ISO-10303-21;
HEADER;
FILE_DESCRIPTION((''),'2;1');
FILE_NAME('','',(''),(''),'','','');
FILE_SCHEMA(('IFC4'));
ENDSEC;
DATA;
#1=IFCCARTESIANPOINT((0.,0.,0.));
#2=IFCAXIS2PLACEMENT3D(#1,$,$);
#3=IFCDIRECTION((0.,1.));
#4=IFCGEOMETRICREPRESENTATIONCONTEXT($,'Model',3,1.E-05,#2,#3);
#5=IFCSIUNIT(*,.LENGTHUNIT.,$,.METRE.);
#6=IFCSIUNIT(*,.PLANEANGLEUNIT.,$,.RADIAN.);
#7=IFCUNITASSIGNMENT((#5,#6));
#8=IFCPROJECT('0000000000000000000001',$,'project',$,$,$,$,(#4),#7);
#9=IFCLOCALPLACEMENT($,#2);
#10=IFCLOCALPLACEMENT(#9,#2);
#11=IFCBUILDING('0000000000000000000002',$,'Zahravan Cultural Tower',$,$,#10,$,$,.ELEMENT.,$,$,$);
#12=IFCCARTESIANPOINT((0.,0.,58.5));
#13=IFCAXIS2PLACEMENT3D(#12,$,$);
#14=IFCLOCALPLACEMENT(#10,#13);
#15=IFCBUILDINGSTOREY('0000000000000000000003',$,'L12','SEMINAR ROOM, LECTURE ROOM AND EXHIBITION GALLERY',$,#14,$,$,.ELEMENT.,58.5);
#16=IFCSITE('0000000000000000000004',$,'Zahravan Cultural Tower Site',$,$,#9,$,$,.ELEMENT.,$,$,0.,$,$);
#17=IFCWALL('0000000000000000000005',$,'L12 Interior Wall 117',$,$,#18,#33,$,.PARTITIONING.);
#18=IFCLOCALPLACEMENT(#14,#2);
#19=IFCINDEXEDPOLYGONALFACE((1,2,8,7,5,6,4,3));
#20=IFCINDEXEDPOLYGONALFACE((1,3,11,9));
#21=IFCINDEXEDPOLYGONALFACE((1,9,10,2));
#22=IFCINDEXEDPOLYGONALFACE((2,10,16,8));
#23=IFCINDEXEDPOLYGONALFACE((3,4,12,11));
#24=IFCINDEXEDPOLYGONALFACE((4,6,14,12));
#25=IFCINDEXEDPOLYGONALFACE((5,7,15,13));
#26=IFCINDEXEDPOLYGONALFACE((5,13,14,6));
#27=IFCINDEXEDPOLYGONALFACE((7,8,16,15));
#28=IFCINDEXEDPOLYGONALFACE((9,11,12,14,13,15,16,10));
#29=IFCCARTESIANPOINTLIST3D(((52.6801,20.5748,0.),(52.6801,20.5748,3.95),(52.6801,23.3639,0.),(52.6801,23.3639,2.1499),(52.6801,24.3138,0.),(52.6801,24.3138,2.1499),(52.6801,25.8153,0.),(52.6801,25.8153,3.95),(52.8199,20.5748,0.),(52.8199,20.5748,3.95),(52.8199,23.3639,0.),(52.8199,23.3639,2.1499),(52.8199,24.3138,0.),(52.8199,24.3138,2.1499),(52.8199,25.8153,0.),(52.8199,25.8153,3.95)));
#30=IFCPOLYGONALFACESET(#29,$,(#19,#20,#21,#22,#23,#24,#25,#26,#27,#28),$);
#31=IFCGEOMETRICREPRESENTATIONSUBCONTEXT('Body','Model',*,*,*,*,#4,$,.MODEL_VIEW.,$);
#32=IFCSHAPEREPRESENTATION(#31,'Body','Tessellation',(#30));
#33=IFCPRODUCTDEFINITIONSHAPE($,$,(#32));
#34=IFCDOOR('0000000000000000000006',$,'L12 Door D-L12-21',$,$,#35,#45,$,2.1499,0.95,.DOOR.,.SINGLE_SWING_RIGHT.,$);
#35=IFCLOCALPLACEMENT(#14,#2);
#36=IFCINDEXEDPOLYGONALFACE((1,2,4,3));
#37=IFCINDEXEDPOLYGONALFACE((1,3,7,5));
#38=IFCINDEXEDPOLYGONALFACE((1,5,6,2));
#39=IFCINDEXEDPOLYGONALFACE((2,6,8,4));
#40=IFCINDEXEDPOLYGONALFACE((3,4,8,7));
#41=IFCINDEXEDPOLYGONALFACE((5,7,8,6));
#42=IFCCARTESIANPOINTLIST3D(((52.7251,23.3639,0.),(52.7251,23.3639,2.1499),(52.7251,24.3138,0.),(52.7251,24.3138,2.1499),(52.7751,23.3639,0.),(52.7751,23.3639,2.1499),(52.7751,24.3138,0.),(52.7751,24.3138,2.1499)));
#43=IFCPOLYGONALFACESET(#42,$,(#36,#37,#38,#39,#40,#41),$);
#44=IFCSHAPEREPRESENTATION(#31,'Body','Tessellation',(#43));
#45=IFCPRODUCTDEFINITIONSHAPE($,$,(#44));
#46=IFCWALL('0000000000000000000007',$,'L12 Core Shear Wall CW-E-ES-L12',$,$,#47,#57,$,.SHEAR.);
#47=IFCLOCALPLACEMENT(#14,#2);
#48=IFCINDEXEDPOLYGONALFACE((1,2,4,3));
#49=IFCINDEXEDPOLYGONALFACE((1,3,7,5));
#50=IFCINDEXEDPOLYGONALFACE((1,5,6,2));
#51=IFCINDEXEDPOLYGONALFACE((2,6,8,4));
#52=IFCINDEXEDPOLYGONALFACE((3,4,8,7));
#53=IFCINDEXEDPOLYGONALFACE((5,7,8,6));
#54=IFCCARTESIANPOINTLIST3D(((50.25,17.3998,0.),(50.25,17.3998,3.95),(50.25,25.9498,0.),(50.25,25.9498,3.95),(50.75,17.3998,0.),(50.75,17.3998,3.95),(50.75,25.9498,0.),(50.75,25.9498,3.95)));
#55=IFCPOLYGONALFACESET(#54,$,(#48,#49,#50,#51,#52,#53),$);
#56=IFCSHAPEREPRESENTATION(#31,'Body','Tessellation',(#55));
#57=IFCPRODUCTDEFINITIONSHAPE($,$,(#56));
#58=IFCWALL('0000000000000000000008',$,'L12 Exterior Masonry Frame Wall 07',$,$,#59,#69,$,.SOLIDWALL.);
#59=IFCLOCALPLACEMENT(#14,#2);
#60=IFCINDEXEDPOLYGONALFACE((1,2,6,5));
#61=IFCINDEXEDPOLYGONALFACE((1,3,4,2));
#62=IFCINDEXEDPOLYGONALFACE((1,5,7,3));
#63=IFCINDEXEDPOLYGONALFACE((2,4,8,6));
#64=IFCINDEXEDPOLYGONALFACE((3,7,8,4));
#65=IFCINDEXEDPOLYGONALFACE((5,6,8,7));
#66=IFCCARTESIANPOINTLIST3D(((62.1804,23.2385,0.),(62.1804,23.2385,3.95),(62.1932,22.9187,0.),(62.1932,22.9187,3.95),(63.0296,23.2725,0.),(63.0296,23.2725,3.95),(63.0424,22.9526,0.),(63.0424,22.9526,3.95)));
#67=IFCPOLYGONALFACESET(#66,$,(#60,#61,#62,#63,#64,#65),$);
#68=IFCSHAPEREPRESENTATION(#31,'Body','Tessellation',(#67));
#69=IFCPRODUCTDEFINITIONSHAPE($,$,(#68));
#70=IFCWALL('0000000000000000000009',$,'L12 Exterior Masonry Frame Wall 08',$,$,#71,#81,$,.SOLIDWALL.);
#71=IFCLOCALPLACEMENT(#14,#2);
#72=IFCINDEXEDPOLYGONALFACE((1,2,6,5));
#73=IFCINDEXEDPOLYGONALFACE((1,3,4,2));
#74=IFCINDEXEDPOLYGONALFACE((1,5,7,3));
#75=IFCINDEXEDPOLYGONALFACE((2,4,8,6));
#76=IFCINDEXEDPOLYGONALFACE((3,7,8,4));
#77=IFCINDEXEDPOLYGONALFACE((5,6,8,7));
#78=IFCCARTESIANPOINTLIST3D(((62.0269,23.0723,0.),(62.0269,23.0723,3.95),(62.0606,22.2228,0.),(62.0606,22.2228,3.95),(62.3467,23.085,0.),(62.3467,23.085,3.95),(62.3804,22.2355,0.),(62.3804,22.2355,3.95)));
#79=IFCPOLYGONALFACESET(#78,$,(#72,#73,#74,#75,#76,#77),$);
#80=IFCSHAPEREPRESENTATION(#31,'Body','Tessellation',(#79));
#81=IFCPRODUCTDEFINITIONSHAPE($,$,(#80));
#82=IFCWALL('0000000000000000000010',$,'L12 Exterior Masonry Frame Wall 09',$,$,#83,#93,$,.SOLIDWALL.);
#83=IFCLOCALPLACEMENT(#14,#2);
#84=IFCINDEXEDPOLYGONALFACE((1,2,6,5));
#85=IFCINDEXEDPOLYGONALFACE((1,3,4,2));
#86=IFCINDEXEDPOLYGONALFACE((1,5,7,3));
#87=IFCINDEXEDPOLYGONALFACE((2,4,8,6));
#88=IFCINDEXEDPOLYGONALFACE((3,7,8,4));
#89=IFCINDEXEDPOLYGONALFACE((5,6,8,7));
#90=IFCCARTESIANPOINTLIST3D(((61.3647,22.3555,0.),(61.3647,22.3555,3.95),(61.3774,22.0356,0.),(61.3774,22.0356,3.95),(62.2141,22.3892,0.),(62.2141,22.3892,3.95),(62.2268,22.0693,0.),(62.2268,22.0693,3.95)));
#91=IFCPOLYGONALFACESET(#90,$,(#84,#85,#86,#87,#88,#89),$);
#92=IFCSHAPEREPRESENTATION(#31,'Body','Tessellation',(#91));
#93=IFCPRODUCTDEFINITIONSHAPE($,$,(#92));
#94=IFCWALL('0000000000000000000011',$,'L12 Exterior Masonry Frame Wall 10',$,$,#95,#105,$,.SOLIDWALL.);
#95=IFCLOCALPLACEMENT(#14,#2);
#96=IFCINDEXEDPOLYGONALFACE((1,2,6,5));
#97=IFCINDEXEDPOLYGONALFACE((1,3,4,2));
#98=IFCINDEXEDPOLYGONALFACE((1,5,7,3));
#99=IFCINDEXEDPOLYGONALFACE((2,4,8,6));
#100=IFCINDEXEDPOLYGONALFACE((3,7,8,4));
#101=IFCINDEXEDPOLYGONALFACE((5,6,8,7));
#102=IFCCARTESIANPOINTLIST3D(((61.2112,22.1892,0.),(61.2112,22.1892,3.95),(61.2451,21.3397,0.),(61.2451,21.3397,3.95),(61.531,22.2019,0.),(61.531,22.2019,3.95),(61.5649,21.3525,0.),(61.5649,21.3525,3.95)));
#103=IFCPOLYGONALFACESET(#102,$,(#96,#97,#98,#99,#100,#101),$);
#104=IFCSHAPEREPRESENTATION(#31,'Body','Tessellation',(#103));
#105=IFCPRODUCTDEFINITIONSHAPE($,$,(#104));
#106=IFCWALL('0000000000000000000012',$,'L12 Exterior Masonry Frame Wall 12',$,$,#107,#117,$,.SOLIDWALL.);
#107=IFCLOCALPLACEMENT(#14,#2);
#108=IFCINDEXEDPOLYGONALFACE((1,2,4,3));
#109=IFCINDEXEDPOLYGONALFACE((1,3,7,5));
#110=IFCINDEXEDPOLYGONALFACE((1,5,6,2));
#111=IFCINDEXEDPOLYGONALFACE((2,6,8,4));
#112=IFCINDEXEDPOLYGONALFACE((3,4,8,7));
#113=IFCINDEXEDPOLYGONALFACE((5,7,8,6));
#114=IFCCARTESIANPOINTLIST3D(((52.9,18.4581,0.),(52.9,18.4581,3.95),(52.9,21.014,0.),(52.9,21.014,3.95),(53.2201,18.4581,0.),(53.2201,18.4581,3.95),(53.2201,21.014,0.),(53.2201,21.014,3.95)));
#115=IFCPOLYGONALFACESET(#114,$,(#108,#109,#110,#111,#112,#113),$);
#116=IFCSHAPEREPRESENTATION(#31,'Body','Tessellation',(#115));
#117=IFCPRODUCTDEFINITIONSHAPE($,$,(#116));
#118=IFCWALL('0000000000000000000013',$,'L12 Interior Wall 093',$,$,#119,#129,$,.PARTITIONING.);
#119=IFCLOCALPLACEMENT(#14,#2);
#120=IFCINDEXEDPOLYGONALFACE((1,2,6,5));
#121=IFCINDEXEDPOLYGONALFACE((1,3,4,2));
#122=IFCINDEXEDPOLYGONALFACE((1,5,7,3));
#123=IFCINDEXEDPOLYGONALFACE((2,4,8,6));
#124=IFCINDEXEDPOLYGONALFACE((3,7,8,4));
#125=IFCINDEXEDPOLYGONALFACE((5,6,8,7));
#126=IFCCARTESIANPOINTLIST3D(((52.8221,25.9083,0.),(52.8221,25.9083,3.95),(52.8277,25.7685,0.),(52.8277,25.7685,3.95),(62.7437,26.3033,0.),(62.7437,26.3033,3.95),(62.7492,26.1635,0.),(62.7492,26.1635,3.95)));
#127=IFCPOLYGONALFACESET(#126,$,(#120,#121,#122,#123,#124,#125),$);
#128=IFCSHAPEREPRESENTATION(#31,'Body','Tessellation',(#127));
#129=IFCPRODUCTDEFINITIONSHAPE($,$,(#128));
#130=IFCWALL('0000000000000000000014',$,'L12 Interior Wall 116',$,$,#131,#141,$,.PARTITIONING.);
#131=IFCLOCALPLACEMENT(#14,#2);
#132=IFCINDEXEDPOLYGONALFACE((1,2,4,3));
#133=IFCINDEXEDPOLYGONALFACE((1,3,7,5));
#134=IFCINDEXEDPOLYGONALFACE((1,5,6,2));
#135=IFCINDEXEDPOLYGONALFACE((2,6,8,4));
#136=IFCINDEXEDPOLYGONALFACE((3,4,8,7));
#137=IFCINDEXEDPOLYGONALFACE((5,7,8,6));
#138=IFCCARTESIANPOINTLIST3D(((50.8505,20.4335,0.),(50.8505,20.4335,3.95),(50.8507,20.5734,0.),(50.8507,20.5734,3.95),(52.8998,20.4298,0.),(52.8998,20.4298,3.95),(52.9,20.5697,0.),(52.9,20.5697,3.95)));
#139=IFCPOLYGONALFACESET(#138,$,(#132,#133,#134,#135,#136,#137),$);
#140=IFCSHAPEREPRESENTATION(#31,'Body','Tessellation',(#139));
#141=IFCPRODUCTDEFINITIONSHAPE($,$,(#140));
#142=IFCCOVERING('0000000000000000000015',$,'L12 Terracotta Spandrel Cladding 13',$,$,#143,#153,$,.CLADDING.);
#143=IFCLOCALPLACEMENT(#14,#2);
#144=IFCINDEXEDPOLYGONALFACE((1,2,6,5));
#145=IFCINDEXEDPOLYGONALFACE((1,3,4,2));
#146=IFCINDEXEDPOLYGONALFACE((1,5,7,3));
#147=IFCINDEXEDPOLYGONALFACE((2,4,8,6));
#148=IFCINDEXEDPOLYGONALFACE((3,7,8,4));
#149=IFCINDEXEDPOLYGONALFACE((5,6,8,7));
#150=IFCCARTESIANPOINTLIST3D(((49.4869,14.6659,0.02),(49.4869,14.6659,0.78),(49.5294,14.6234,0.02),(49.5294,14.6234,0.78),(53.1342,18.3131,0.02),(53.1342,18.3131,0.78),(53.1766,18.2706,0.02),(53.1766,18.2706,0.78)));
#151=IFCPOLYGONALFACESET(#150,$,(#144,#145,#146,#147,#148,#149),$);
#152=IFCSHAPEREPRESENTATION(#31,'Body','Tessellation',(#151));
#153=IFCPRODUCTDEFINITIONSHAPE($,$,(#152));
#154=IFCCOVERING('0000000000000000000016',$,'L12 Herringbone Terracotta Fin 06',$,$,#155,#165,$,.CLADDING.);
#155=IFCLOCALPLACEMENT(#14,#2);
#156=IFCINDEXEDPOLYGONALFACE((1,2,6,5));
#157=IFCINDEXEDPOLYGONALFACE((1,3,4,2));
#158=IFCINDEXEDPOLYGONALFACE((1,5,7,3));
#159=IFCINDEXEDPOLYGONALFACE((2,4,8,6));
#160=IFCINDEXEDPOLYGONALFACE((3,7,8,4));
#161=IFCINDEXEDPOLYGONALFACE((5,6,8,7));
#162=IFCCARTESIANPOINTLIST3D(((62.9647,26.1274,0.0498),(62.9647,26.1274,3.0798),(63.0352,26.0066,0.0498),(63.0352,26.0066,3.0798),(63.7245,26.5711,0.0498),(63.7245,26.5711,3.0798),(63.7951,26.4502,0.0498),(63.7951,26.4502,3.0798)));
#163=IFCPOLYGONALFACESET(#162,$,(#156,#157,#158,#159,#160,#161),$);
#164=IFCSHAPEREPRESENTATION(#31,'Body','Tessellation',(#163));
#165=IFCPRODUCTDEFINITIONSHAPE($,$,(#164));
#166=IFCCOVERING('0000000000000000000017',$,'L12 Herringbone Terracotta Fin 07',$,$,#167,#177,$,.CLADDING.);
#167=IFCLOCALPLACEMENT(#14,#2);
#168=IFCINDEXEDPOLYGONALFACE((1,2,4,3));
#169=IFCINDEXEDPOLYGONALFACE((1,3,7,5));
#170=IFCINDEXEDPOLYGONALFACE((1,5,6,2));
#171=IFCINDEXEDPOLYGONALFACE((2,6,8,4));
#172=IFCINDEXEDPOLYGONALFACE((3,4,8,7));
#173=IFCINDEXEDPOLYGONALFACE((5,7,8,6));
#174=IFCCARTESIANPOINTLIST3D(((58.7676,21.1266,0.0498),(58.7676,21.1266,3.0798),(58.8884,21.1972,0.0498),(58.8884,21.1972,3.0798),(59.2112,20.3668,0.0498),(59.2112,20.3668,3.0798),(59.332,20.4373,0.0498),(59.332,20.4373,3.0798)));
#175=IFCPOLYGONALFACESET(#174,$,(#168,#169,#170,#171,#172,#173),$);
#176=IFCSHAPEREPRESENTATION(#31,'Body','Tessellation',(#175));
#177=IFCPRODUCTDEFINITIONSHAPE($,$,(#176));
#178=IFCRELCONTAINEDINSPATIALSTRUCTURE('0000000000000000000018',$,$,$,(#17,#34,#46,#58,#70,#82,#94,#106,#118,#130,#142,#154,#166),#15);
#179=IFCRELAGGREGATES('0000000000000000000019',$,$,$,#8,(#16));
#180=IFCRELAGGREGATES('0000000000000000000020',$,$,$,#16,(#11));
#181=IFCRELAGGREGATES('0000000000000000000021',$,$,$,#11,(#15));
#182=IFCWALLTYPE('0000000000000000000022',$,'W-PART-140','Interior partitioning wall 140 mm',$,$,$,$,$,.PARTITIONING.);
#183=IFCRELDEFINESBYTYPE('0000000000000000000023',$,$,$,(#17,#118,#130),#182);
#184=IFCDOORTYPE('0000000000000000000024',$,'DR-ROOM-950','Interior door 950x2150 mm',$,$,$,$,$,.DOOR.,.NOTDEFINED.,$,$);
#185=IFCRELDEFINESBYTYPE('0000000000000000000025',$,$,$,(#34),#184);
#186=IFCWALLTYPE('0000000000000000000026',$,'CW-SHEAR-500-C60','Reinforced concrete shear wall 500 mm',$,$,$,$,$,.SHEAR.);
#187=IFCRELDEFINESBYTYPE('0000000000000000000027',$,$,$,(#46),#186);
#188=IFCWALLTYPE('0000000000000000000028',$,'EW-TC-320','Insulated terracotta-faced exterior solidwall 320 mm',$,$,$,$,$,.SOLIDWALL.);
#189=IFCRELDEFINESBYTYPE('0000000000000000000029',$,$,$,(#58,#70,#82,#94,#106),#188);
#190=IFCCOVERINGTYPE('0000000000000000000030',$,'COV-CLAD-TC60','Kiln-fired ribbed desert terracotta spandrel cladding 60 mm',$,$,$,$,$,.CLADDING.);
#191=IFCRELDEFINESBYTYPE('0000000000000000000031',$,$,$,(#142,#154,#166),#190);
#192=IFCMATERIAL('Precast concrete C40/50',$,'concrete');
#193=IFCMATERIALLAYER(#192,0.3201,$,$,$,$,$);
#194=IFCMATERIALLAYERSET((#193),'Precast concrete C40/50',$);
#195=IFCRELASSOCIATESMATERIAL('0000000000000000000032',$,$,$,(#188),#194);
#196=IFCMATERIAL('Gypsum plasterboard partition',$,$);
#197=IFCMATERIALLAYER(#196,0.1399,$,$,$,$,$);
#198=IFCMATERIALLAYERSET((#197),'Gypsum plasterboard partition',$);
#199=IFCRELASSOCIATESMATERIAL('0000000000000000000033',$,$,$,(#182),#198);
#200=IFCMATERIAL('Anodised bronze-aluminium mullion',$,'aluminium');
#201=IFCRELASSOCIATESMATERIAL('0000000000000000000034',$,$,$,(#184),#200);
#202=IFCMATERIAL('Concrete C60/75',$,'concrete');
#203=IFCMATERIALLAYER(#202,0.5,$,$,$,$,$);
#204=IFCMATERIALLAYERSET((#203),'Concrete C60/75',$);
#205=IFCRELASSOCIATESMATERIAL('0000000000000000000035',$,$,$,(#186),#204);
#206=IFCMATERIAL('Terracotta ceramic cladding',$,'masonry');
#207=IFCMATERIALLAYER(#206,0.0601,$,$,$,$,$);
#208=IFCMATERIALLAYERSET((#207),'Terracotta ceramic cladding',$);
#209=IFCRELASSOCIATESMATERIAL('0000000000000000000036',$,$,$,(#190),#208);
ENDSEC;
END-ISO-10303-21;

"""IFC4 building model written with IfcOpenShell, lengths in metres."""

from ifc_helpers import new_model, si_unit, direction, frame, frame_2d, origin, origin_2d, place, context, subcontext, project, spatial, rectangle, extrude, source, transform, mapped, material, layer, layer_set, type_object, element, fill, save


model = new_model("IFC4")

# Units and contexts
model_context = context("Model", 3, precision=1e-05, world=origin(), true_north=direction((0.0, 1.0)))
body_context = subcontext(model_context, "Body", "Model", "MODEL_VIEW")
ifc_project = project(units=[si_unit("LENGTHUNIT", "METRE"), si_unit("PLANEANGLEUNIT", "RADIAN")], contexts=[model_context])

# Site, building, storey
site_placement = place(None, origin())
site = spatial("IfcSite", under=ifc_project, at=site_placement, Name="Zahravan Cultural Tower Site", CompositionType="ELEMENT", RefElevation=0.0)
building_placement = place(site_placement, origin())
building = spatial("IfcBuilding", under=site, at=building_placement, Name="Zahravan Cultural Tower", CompositionType="ELEMENT")
storey_placement = place(building_placement, frame((0.0, 0.0, 58.5)))
storey = spatial("IfcBuildingStorey", under=building, at=storey_placement, Name="L12", Description="SEMINAR ROOM, LECTURE ROOM AND EXHIBITION GALLERY", CompositionType="ELEMENT", Elevation=58.5)

# Shared definitions
ifc_material_1 = material(Name="Precast concrete C40/50", Category="concrete")
ifc_layer_1 = layer(ifc_material_1, 0.3201)
ifc_layer_set_1 = layer_set([ifc_layer_1], Name="Precast concrete C40/50")
wall_type_1 = type_object("IfcWallType", Name="EW-TC-320", Description="Insulated terracotta-faced exterior solidwall 320 mm", PredefinedType="SOLIDWALL", material=ifc_layer_set_1)

# Wall, opening, door
ifc_material_2 = material(Name="Gypsum plasterboard partition")
ifc_layer_2 = layer(ifc_material_2, 0.1399)
ifc_layer_set_2 = layer_set([ifc_layer_2], Name="Gypsum plasterboard partition")
wall_type_2 = type_object("IfcWallType", Name="W-PART-140", Description="Interior partitioning wall 140 mm", PredefinedType="PARTITIONING", material=ifc_layer_set_2)
ifc_material_3 = material(Name="Anodised bronze-aluminium mullion", Category="aluminium")
door_type = type_object("IfcDoorType", Name="DR-ROOM-950", Description="Interior door 950x2150 mm", OperationType="NOTDEFINED", PredefinedType="DOOR", material=ifc_material_3)
shared_shape_1 = source(origin(), body_context, "Body", "SweptSolid", [
    extrude(rectangle(XDim=0.95, YDim=2.1499, at=frame_2d((0.4751, 1.075))), frame((0.0, 0.0249, 0.0), z_axis=(0.0, -1.0, 0.0), x_axis=(1.0, 0.0, 0.0)), (0.0, 0.0, 1.0), 0.05),
])
wall_1_placement = place(storey_placement, frame((52.75, 20.575, 0.0), z_axis=(0.0, 0.0, 1.0), x_axis=(0.0, 1.0, 0.0)))
wall_1 = element("IfcWall", 1, at=wall_1_placement, inside=storey, type_object=wall_type_2, Name="L12 Interior Wall 117", PredefinedType="PARTITIONING", context=body_context, shape_type="SweptSolid", body=[
    extrude(rectangle(XDim=5.2405, YDim=0.1399, at=frame_2d((2.6201, 0.0))), origin(), (0.0, 0.0, 1.0), 3.95),
])
opening_1_placement = place(wall_1_placement, frame((2.7888, 0.0, 0.0)))
opening_1 = element("IfcOpeningElement", 2, at=opening_1_placement, cuts=wall_1, PredefinedType="OPENING", context=body_context, shape_type="SweptSolid", body=[
    extrude(rectangle(XDim=0.95, YDim=2.1499, at=frame_2d((0.4751, 1.075))), frame((0.0, 0.0798, 0.0), z_axis=(0.0, -1.0, 0.0), x_axis=(1.0, 0.0, 0.0)), (0.0, 0.0, 1.0), 0.1599),
])
door_1_placement = place(opening_1_placement, origin())
door_1 = element("IfcDoor", 3, at=door_1_placement, inside=storey, type_object=door_type, Name="L12 Door D-L12-21", OperationType="SINGLE_SWING_RIGHT", OverallHeight=2.1499, OverallWidth=0.95, PredefinedType="DOOR", context=body_context, shape_type="MappedRepresentation", body=[
    mapped(shared_shape_1, transform((0.0, 0.0, 0.0), x_axis=(1.0, 0.0, 0.0), y_axis=(0.0, 1.0, 0.0), z_axis=(0.0, 0.0, 1.0), scale=1.0)),
])
fill(opening_1, door_1)

# Walls
ifc_material_4 = material(Name="Concrete C60/75", Category="concrete")
ifc_layer_3 = layer(ifc_material_4, 0.5)
ifc_layer_set_3 = layer_set([ifc_layer_3], Name="Concrete C60/75")
wall_type_3 = type_object("IfcWallType", Name="CW-SHEAR-500-C60", Description="Reinforced concrete shear wall 500 mm", PredefinedType="SHEAR", material=ifc_layer_set_3)
shared_shape_2 = source(origin(), body_context, "Body", "SweptSolid", [
    extrude(rectangle(XDim=8.55, YDim=0.5, at=frame_2d((4.2749, 0.0))), origin(), (0.0, 0.0, 1.0), 3.95),
])
wall_2_placement = place(storey_placement, frame((50.5, 17.3999, 0.0), z_axis=(0.0, 0.0, 1.0), x_axis=(0.0, 1.0, 0.0)))
element("IfcWall", 4, at=wall_2_placement, inside=storey, type_object=wall_type_3, Name="L12 Core Shear Wall CW-E-ES-L12", PredefinedType="SHEAR", context=body_context, shape_type="MappedRepresentation", body=[
    mapped(shared_shape_2, transform((0.0, 0.0, 0.0), x_axis=(1.0, 0.0, 0.0), y_axis=(0.0, 1.0, 0.0), z_axis=(0.0, 0.0, 1.0), scale=1.0)),
])
shared_shape_3 = source(origin(), body_context, "Body", "SweptSolid", [
    extrude(rectangle(XDim=0.8499, YDim=0.3201, at=frame_2d((0.4248, 0.0))), origin(), (0.0, 0.0, 1.0), 3.95),
])
wall_3_placement = place(storey_placement, frame((63.0359, 23.1125, 0.0), z_axis=(0.0, 0.0, 1.0), x_axis=(-0.999202, -0.039934, 0.0)))
element("IfcWall", 5, at=wall_3_placement, inside=storey, type_object=wall_type_1, Name="L12 Exterior Masonry Frame Wall 07", PredefinedType="SOLIDWALL", context=body_context, shape_type="MappedRepresentation", body=[
    mapped(shared_shape_3, transform((0.0, 0.0, 0.0), x_axis=(1.0, 0.0, 0.0), y_axis=(0.0, 1.0, 0.0), z_axis=(0.0, 0.0, 1.0), scale=1.0)),
])
shared_shape_4 = source(origin(), body_context, "Body", "SweptSolid", [
    extrude(rectangle(XDim=0.8501, YDim=0.3201, at=frame_2d((0.425, 0.0))), origin(), (0.0, 0.0, 1.0), 3.95),
])
for number, where, z_axis, x_axis, name in (
    (6, (62.1868, 23.0786, 0.0), (0.0, 0.0, 1.0), (0.039635, -0.999214, 0.0), "L12 Exterior Masonry Frame Wall 08"),
    (7, (62.2205, 22.2292, 0.0), (0.0, 0.0, 1.0), (-0.999214, -0.039635, 0.0), "L12 Exterior Masonry Frame Wall 09"),
    (8, (61.3711, 22.1956, 0.0), (0.0, 0.0, 1.0), (0.039922, -0.999203, 0.0), "L12 Exterior Masonry Frame Wall 10"),
):
    element("IfcWall", number, at=place(storey_placement, frame(where, z_axis=z_axis, x_axis=x_axis)), inside=storey, type_object=wall_type_1, Name=name, PredefinedType="SOLIDWALL", context=body_context, shape_type="MappedRepresentation", body=[
        mapped(shared_shape_4, transform((0.0, 0.0, 0.0), x_axis=(1.0, 0.0, 0.0), y_axis=(0.0, 1.0, 0.0), z_axis=(0.0, 0.0, 1.0), scale=1.0)),
    ])
shared_shape_5 = source(origin(), body_context, "Body", "SweptSolid", [
    extrude(rectangle(XDim=2.5559, YDim=0.3201, at=frame_2d((1.2778, 0.0))), origin(), (0.0, 0.0, 1.0), 3.95),
])
wall_4_placement = place(storey_placement, frame((53.0601, 21.0139, 0.0), z_axis=(0.0, 0.0, 1.0), x_axis=(0.0, -1.0, 0.0)))
element("IfcWall", 9, at=wall_4_placement, inside=storey, type_object=wall_type_1, Name="L12 Exterior Masonry Frame Wall 12", PredefinedType="SOLIDWALL", context=body_context, shape_type="MappedRepresentation", body=[
    mapped(shared_shape_5, transform((0.0, 0.0, 0.0), x_axis=(1.0, 0.0, 0.0), y_axis=(0.0, 1.0, 0.0), z_axis=(0.0, 0.0, 1.0), scale=1.0)),
])
shared_shape_6 = source(origin(), body_context, "Body", "SweptSolid", [
    extrude(rectangle(XDim=9.9294, YDim=0.1399, at=frame_2d((4.9648, 0.0))), origin(), (0.0, 0.0, 1.0), 3.95),
])
wall_5_placement = place(storey_placement, frame((62.7466, 26.2334, 0.0), z_axis=(0.0, 0.0, 1.0), x_axis=(-0.999208, -0.039782, 0.0)))
element("IfcWall", 10, at=wall_5_placement, inside=storey, type_object=wall_type_2, Name="L12 Interior Wall 093", PredefinedType="PARTITIONING", context=body_context, shape_type="MappedRepresentation", body=[
    mapped(shared_shape_6, transform((0.0, 0.0, 0.0), x_axis=(1.0, 0.0, 0.0), y_axis=(0.0, 1.0, 0.0), z_axis=(0.0, 0.0, 1.0), scale=1.0)),
])
shared_shape_7 = source(origin(), body_context, "Body", "SweptSolid", [
    extrude(rectangle(XDim=2.0493, YDim=0.1399, at=frame_2d((1.0247, 0.0))), origin(), (0.0, 0.0, 1.0), 3.95),
])
wall_6_placement = place(storey_placement, frame((50.8506, 20.5034, 0.0), z_axis=(0.0, 0.0, 1.0), x_axis=(0.999998, -0.001787, 0.0)))
element("IfcWall", 11, at=wall_6_placement, inside=storey, type_object=wall_type_2, Name="L12 Interior Wall 116", PredefinedType="PARTITIONING", context=body_context, shape_type="MappedRepresentation", body=[
    mapped(shared_shape_7, transform((0.0, 0.0, 0.0), x_axis=(1.0, 0.0, 0.0), y_axis=(0.0, 1.0, 0.0), z_axis=(0.0, 0.0, 1.0), scale=1.0)),
])

# Coverings
ifc_material_5 = material(Name="Terracotta ceramic cladding", Category="masonry")
ifc_layer_4 = layer(ifc_material_5, 0.0601)
ifc_layer_set_4 = layer_set([ifc_layer_4], Name="Terracotta ceramic cladding")
covering_type = type_object("IfcCoveringType", Name="COV-CLAD-TC60", Description="Kiln-fired ribbed desert terracotta spandrel cladding 60 mm", PredefinedType="CLADDING", material=ifc_layer_set_4)
shared_shape_8 = source(origin(), body_context, "Body", "SweptSolid", [
    extrude(rectangle(XDim=5.158, YDim=0.0601, at=origin_2d()), origin(), (0.0, 0.0, 1.0), 0.76),
])
covering_1_placement = place(storey_placement, frame((51.3318, 16.4683, 0.02), z_axis=(0.0, 0.0, 1.0), x_axis=(-0.707107, -0.707107, 0.0)))
element("IfcCovering", 12, at=covering_1_placement, inside=storey, type_object=covering_type, Name="L12 Terracotta Spandrel Cladding 13", PredefinedType="CLADDING", context=body_context, shape_type="MappedRepresentation", body=[
    mapped(shared_shape_8, transform((0.0, 0.0, 0.0), x_axis=(1.0, 0.0, 0.0), y_axis=(0.0, 1.0, 0.0), z_axis=(0.0, 0.0, 1.0), scale=1.0)),
])
shared_shape_9 = source(origin(), body_context, "Body", "SweptSolid", [
    extrude(rectangle(XDim=0.8799, YDim=0.1399, at=origin_2d()), origin(), (0.0, 0.0, 1.0), 3.03),
])
for number, where, z_axis, x_axis, name in (
    (13, (63.3799, 26.2888, 0.0498), (0.0, 0.0, 1.0), (0.863572, 0.504226, 0.0), "L12 Herringbone Terracotta Fin 06"),
    (14, (59.0498, 20.782, 0.0498), (0.0, 0.0, 1.0), (0.504226, -0.863572, 0.0), "L12 Herringbone Terracotta Fin 07"),
):
    element("IfcCovering", number, at=place(storey_placement, frame(where, z_axis=z_axis, x_axis=x_axis)), inside=storey, type_object=covering_type, Name=name, PredefinedType="CLADDING", context=body_context, shape_type="MappedRepresentation", body=[
        mapped(shared_shape_9, transform((0.0, 0.0, 0.0), x_axis=(1.0, 0.0, 0.0), y_axis=(0.0, 1.0, 0.0), z_axis=(0.0, 0.0, 1.0), scale=1.0)),
    ])

save(model, "model.ifc")
